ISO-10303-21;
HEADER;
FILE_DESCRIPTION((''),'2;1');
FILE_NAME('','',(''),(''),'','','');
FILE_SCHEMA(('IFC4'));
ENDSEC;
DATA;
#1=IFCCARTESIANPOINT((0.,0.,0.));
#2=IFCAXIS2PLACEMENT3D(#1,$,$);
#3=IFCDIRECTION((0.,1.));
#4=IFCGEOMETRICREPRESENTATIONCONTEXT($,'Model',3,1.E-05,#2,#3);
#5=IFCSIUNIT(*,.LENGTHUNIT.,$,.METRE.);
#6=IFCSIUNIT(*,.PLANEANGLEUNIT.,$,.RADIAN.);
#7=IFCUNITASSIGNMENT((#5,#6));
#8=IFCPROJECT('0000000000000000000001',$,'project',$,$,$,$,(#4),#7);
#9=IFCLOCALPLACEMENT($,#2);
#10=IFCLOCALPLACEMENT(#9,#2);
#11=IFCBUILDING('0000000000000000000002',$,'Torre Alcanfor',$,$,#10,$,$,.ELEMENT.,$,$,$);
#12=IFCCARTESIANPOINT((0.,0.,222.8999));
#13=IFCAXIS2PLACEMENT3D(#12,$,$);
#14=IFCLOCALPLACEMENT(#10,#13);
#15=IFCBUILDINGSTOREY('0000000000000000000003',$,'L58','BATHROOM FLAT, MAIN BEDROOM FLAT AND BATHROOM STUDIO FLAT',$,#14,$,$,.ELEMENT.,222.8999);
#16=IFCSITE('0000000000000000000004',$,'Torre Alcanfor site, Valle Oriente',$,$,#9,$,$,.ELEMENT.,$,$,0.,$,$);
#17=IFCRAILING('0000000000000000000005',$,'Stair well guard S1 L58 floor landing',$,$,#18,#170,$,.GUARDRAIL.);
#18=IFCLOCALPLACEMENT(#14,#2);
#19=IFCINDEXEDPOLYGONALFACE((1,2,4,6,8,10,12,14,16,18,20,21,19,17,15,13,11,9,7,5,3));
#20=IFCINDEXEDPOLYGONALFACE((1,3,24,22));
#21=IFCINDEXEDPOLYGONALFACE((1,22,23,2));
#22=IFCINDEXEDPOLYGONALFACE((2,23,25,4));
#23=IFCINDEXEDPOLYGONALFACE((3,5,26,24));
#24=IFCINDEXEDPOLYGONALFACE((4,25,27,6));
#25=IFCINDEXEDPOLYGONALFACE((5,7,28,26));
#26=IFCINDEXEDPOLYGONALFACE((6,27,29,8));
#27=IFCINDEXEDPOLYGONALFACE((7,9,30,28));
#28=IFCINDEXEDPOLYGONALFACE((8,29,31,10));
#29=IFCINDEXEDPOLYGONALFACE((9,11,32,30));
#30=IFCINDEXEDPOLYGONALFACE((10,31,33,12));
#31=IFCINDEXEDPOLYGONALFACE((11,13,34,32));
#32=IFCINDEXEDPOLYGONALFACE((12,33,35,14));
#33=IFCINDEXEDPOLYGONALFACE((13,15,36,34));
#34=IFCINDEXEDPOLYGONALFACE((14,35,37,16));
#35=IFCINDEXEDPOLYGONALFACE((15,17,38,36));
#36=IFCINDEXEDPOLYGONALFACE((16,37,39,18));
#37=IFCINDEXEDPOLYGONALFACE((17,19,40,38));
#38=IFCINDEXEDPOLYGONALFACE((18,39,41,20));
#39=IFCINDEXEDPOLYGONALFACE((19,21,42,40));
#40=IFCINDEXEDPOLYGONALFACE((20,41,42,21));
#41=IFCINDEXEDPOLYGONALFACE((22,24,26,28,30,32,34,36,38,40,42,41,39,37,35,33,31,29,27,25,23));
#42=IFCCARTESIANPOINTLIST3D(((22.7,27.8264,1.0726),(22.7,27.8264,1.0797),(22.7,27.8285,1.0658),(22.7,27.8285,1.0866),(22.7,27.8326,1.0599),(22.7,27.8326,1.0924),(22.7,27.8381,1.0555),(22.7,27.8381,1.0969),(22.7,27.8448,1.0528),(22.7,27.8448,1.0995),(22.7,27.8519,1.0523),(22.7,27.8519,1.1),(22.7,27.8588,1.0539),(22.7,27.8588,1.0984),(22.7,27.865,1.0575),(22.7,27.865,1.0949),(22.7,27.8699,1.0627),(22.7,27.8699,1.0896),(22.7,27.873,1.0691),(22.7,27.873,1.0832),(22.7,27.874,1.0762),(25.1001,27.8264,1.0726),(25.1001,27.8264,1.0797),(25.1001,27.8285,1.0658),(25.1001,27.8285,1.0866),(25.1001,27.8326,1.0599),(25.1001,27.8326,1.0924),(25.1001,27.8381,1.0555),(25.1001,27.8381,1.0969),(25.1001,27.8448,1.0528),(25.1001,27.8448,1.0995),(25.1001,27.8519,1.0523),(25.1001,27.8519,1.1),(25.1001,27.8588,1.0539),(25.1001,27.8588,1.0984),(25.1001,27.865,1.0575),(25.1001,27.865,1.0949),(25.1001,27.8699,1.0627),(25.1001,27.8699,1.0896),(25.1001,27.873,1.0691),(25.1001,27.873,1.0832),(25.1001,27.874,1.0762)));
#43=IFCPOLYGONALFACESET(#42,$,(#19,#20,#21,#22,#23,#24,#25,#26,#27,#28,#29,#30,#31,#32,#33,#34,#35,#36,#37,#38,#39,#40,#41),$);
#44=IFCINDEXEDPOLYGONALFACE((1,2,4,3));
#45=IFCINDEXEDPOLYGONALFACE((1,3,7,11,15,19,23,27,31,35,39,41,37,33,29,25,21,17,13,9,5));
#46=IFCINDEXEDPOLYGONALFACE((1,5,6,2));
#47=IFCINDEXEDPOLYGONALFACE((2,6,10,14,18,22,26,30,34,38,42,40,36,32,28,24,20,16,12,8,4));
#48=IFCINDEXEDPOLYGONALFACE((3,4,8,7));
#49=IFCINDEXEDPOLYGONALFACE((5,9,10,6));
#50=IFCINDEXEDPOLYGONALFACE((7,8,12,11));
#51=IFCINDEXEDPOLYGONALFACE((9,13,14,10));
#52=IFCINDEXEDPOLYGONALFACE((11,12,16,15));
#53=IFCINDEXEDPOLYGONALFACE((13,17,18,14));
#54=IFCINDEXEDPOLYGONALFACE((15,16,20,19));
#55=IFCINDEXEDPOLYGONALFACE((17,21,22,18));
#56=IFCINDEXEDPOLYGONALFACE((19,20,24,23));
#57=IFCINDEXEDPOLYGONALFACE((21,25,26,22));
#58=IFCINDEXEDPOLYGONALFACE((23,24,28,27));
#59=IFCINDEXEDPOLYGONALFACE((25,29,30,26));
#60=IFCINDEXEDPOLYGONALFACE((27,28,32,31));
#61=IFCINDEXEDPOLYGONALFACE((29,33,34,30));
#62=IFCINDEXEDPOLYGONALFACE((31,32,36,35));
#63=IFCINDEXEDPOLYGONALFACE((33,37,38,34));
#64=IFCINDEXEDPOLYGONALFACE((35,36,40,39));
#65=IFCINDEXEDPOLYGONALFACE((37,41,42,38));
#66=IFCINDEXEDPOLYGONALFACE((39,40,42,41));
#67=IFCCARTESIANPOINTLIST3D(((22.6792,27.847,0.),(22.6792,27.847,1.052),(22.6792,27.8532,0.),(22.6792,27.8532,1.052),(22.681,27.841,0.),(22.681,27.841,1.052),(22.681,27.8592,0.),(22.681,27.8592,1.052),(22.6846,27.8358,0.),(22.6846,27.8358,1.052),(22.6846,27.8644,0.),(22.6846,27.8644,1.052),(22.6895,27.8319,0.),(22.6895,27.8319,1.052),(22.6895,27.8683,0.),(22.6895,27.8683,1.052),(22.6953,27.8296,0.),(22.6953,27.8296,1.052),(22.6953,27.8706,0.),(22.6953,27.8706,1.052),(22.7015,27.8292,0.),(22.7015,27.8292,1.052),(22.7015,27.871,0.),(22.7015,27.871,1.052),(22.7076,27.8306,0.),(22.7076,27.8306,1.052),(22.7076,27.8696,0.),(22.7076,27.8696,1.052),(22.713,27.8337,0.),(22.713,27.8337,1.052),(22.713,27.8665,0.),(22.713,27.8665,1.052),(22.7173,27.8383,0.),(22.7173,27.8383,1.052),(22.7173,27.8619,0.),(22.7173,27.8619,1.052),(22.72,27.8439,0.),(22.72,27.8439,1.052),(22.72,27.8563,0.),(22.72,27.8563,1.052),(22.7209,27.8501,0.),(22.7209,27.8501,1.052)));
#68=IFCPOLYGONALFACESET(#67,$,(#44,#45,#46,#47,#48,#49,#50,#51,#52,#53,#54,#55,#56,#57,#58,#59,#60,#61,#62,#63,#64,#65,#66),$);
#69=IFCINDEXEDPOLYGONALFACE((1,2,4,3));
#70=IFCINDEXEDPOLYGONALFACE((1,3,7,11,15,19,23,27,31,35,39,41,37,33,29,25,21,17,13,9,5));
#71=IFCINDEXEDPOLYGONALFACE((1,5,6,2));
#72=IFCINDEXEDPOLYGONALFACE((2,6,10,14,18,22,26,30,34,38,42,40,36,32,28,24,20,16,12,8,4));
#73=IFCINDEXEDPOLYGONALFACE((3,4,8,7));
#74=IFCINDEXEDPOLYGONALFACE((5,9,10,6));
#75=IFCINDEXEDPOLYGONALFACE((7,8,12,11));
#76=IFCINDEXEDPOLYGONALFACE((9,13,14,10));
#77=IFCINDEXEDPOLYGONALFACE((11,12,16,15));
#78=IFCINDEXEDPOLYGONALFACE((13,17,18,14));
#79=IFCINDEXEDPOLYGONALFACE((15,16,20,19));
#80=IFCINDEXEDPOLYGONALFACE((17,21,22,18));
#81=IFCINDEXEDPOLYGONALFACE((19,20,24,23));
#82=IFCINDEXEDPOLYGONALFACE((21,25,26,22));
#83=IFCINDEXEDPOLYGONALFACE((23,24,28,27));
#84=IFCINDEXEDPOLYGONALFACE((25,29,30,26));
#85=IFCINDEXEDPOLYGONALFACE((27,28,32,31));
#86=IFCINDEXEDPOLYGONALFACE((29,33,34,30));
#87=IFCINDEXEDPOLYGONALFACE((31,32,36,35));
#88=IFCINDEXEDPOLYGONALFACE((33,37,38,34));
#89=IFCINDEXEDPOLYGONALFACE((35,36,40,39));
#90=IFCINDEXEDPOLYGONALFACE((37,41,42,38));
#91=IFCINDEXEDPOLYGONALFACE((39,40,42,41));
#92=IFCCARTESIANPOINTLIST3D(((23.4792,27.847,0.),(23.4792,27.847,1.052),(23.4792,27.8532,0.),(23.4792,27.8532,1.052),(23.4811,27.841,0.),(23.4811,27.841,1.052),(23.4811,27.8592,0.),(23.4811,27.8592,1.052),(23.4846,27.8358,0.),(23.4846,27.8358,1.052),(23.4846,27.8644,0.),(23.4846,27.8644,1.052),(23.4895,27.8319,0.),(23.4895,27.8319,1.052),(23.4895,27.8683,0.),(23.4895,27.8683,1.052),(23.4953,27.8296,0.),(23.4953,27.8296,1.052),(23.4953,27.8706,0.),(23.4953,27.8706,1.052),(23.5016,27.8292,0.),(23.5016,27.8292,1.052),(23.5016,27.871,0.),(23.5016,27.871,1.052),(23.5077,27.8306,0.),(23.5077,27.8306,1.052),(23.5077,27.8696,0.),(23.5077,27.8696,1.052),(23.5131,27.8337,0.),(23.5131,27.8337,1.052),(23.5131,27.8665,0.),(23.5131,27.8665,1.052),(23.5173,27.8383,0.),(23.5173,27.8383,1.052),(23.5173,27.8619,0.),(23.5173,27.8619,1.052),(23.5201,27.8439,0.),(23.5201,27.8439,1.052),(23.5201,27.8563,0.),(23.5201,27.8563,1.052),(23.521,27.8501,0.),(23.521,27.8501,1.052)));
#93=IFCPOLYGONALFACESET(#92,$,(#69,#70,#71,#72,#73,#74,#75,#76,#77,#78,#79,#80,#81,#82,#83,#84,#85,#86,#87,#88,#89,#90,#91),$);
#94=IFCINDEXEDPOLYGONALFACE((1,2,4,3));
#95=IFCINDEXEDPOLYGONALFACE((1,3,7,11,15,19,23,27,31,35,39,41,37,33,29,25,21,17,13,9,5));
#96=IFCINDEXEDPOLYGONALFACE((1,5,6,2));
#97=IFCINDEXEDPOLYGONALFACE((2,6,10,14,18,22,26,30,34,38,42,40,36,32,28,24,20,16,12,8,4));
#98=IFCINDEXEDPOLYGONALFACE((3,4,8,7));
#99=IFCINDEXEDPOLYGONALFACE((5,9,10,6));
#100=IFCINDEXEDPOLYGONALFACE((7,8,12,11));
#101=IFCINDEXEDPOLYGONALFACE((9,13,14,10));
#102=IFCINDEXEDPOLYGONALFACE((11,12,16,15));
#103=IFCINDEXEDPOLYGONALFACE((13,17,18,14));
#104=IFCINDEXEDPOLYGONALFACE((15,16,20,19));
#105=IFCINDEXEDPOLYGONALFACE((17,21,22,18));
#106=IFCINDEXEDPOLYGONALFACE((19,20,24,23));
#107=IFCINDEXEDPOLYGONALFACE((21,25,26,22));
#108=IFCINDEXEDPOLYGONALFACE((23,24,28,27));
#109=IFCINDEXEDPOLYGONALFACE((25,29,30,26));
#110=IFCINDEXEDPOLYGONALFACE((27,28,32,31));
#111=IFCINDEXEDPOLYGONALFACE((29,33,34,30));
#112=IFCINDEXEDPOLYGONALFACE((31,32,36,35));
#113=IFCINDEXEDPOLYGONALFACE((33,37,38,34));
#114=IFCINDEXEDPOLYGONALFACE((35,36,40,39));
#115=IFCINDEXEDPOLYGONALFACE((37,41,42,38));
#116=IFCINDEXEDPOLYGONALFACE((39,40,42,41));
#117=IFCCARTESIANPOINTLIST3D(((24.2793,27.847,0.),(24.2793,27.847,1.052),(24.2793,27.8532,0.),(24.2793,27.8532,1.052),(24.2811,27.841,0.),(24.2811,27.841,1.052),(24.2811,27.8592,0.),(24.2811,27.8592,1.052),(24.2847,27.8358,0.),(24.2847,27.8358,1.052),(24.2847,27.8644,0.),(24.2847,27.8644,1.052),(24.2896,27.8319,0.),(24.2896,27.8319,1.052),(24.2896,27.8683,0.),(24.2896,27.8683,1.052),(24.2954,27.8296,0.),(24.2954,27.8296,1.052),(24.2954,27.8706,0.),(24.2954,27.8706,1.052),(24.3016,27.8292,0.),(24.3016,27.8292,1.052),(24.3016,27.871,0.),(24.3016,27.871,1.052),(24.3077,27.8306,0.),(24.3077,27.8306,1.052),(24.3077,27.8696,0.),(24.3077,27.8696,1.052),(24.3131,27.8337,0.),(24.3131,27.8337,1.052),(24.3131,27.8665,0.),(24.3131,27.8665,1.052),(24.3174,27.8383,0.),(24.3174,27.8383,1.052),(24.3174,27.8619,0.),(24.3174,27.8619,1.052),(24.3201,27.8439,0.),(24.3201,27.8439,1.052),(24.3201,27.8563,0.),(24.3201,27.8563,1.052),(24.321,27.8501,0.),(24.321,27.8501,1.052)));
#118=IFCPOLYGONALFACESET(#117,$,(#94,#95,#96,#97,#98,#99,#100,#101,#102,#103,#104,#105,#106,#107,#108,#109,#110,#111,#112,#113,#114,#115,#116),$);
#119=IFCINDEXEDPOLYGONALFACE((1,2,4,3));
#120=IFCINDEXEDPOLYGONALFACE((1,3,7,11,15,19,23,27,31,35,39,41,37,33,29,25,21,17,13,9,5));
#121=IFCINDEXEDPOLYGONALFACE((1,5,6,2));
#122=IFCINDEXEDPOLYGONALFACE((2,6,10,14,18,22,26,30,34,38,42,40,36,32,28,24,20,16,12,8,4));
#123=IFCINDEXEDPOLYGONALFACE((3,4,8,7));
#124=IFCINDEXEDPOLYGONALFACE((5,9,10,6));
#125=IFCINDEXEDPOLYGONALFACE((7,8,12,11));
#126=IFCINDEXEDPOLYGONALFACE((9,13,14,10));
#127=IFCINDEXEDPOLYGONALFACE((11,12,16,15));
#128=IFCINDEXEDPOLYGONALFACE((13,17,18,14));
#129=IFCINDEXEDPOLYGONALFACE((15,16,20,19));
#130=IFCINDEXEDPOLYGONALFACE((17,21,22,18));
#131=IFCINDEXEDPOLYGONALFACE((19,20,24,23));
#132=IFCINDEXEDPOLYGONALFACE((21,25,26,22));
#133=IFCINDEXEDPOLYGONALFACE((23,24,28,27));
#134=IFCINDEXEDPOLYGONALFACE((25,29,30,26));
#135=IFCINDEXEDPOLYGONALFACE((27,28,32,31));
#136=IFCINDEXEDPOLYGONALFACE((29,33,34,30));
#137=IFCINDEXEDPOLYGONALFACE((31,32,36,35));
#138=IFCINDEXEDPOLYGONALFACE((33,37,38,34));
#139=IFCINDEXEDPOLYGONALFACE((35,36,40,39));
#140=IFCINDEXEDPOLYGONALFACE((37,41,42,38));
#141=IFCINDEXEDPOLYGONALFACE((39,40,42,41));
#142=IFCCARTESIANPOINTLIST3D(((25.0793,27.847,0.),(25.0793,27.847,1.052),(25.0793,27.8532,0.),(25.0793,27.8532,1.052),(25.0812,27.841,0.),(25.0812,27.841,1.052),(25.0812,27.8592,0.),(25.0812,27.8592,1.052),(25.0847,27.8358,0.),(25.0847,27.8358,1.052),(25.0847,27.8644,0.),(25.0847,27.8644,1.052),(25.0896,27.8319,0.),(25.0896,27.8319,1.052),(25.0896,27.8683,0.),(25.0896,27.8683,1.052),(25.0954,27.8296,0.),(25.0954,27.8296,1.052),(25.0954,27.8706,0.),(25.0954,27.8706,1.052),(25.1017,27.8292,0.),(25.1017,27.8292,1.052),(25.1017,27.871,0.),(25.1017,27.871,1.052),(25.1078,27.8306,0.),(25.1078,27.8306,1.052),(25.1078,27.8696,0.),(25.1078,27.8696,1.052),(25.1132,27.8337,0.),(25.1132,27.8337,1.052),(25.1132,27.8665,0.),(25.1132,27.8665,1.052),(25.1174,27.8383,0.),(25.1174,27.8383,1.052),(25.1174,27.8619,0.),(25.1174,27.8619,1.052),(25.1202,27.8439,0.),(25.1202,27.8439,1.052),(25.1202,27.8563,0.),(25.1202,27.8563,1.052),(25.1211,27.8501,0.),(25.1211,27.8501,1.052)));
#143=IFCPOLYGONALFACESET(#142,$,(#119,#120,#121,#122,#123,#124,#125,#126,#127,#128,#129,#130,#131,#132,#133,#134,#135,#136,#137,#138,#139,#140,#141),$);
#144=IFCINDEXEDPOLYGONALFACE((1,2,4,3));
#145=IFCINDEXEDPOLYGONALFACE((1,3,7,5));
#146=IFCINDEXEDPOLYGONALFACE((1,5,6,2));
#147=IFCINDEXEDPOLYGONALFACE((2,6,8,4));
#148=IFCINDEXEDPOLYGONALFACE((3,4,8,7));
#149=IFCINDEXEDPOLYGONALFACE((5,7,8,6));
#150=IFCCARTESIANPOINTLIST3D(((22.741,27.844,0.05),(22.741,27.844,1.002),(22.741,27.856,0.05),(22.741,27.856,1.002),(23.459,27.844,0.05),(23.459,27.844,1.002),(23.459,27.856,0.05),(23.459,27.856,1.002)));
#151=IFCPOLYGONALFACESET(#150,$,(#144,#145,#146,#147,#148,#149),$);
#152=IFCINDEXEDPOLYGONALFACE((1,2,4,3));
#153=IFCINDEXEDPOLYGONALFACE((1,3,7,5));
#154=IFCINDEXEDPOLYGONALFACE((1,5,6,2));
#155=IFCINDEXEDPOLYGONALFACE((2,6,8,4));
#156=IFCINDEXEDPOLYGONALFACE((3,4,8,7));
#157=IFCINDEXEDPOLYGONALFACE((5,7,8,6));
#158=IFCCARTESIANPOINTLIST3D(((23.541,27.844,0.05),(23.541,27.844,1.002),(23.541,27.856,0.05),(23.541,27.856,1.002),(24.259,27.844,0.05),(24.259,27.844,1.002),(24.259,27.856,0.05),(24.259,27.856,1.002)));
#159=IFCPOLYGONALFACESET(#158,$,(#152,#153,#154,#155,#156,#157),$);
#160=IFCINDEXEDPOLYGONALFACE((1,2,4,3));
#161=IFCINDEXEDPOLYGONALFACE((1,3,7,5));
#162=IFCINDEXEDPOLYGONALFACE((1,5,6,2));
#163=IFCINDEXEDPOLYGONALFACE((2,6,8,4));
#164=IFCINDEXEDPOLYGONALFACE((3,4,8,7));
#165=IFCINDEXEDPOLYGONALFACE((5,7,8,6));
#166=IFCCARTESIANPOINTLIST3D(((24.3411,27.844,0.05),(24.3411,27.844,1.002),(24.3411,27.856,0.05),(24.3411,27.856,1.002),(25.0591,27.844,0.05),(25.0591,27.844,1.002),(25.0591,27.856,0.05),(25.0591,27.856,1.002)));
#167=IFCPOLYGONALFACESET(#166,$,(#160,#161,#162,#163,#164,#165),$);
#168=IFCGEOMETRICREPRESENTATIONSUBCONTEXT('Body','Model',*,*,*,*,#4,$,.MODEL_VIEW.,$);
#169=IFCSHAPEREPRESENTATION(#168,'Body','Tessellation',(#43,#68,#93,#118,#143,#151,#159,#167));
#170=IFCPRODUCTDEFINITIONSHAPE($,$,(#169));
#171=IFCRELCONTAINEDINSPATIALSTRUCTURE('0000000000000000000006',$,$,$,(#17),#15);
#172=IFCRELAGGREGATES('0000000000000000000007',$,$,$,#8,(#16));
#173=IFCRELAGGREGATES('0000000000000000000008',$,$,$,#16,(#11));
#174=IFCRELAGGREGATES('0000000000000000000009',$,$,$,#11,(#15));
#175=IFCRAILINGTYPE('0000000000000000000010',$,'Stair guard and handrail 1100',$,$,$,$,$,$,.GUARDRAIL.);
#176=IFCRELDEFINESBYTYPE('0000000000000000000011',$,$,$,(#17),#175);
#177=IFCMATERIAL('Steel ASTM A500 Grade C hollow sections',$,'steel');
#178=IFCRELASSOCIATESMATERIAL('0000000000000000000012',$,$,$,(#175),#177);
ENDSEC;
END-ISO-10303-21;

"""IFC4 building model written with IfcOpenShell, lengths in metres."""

from ifc_helpers import new_model, si_unit, direction, frame, origin, origin_2d, place, context, subcontext, project, spatial, polyline, circle, outline, extrude, material, type_object, element, save


model = new_model("IFC4")

# Units and contexts
model_context = context("Model", 3, precision=1e-05, world=origin(), true_north=direction((0.0, 1.0)))
body_context = subcontext(model_context, "Body", "Model", "MODEL_VIEW")
ifc_project = project(units=[si_unit("LENGTHUNIT", "METRE"), si_unit("PLANEANGLEUNIT", "RADIAN")], contexts=[model_context])

# Site, building, storey
site_placement = place(None, origin())
site = spatial("IfcSite", under=ifc_project, at=site_placement, Name="Torre Alcanfor site, Valle Oriente", CompositionType="ELEMENT", RefElevation=0.0)
building_placement = place(site_placement, origin())
building = spatial("IfcBuilding", under=site, at=building_placement, Name="Torre Alcanfor", CompositionType="ELEMENT")
storey_placement = place(building_placement, frame((0.0, 0.0, 222.8999)))
storey = spatial("IfcBuildingStorey", under=building, at=storey_placement, Name="L58", Description="BATHROOM FLAT, MAIN BEDROOM FLAT AND BATHROOM STUDIO FLAT", CompositionType="ELEMENT", Elevation=222.8999)

# Railing
ifc_material_1 = material(Name="Steel ASTM A500 Grade C hollow sections", Category="steel")
railing_type = type_object("IfcRailingType", Name="Stair guard and handrail 1100", PredefinedType="GUARDRAIL", material=ifc_material_1)
railing_1_placement = place(storey_placement, frame((22.7, 27.8501, 0.0)))
element("IfcRailing", 1, at=railing_1_placement, inside=storey, type_object=railing_type, Name="Stair well guard S1 L58 floor landing", PredefinedType="GUARDRAIL", context=body_context, shape_type="SweptSolid", body=[
    extrude(circle(Radius=0.0239, at=origin_2d()), frame((0.0, 0.0, 1.0762), z_axis=(1.0, 0.0, 0.0), x_axis=(0.0, 1.0, 0.0)), (0.0, 0.0, 1.0), 2.4001),
    extrude(circle(Radius=0.021, at=origin_2d()), origin(), (0.0, 0.0, 1.0), 1.052),
    extrude(circle(Radius=0.021, at=origin_2d()), frame((0.8, 0.0, 0.0)), (0.0, 0.0, 1.0), 1.052),
    extrude(circle(Radius=0.021, at=origin_2d()), frame((1.6001, 0.0, 0.0)), (0.0, 0.0, 1.0), 1.052),
    extrude(circle(Radius=0.021, at=origin_2d()), frame((2.4001, 0.0, 0.0)), (0.0, 0.0, 1.0), 1.052),
    extrude(outline(polyline([(0.041, 0.05), (0.759, 0.05), (0.759, 1.002), (0.041, 1.002), (0.041, 0.05)])), frame((0.0, 0.0059, 0.0), z_axis=(0.0, -1.0, 0.0), x_axis=(1.0, 0.0, 0.0)), (0.0, 0.0, 1.0), 0.012),
    extrude(outline(polyline([(0.8411, 0.05), (1.5591, 0.05), (1.5591, 1.002), (0.8411, 1.002), (0.8411, 0.05)])), frame((0.0, 0.0059, 0.0), z_axis=(0.0, -1.0, 0.0), x_axis=(1.0, 0.0, 0.0)), (0.0, 0.0, 1.0), 0.012),
    extrude(outline(polyline([(1.6411, 0.05), (2.3591, 0.05), (2.3591, 1.002), (1.6411, 1.002), (1.6411, 0.05)])), frame((0.0, 0.0059, 0.0), z_axis=(0.0, -1.0, 0.0), x_axis=(1.0, 0.0, 0.0)), (0.0, 0.0, 1.0), 0.012),
])

save(model, "model.ifc")
